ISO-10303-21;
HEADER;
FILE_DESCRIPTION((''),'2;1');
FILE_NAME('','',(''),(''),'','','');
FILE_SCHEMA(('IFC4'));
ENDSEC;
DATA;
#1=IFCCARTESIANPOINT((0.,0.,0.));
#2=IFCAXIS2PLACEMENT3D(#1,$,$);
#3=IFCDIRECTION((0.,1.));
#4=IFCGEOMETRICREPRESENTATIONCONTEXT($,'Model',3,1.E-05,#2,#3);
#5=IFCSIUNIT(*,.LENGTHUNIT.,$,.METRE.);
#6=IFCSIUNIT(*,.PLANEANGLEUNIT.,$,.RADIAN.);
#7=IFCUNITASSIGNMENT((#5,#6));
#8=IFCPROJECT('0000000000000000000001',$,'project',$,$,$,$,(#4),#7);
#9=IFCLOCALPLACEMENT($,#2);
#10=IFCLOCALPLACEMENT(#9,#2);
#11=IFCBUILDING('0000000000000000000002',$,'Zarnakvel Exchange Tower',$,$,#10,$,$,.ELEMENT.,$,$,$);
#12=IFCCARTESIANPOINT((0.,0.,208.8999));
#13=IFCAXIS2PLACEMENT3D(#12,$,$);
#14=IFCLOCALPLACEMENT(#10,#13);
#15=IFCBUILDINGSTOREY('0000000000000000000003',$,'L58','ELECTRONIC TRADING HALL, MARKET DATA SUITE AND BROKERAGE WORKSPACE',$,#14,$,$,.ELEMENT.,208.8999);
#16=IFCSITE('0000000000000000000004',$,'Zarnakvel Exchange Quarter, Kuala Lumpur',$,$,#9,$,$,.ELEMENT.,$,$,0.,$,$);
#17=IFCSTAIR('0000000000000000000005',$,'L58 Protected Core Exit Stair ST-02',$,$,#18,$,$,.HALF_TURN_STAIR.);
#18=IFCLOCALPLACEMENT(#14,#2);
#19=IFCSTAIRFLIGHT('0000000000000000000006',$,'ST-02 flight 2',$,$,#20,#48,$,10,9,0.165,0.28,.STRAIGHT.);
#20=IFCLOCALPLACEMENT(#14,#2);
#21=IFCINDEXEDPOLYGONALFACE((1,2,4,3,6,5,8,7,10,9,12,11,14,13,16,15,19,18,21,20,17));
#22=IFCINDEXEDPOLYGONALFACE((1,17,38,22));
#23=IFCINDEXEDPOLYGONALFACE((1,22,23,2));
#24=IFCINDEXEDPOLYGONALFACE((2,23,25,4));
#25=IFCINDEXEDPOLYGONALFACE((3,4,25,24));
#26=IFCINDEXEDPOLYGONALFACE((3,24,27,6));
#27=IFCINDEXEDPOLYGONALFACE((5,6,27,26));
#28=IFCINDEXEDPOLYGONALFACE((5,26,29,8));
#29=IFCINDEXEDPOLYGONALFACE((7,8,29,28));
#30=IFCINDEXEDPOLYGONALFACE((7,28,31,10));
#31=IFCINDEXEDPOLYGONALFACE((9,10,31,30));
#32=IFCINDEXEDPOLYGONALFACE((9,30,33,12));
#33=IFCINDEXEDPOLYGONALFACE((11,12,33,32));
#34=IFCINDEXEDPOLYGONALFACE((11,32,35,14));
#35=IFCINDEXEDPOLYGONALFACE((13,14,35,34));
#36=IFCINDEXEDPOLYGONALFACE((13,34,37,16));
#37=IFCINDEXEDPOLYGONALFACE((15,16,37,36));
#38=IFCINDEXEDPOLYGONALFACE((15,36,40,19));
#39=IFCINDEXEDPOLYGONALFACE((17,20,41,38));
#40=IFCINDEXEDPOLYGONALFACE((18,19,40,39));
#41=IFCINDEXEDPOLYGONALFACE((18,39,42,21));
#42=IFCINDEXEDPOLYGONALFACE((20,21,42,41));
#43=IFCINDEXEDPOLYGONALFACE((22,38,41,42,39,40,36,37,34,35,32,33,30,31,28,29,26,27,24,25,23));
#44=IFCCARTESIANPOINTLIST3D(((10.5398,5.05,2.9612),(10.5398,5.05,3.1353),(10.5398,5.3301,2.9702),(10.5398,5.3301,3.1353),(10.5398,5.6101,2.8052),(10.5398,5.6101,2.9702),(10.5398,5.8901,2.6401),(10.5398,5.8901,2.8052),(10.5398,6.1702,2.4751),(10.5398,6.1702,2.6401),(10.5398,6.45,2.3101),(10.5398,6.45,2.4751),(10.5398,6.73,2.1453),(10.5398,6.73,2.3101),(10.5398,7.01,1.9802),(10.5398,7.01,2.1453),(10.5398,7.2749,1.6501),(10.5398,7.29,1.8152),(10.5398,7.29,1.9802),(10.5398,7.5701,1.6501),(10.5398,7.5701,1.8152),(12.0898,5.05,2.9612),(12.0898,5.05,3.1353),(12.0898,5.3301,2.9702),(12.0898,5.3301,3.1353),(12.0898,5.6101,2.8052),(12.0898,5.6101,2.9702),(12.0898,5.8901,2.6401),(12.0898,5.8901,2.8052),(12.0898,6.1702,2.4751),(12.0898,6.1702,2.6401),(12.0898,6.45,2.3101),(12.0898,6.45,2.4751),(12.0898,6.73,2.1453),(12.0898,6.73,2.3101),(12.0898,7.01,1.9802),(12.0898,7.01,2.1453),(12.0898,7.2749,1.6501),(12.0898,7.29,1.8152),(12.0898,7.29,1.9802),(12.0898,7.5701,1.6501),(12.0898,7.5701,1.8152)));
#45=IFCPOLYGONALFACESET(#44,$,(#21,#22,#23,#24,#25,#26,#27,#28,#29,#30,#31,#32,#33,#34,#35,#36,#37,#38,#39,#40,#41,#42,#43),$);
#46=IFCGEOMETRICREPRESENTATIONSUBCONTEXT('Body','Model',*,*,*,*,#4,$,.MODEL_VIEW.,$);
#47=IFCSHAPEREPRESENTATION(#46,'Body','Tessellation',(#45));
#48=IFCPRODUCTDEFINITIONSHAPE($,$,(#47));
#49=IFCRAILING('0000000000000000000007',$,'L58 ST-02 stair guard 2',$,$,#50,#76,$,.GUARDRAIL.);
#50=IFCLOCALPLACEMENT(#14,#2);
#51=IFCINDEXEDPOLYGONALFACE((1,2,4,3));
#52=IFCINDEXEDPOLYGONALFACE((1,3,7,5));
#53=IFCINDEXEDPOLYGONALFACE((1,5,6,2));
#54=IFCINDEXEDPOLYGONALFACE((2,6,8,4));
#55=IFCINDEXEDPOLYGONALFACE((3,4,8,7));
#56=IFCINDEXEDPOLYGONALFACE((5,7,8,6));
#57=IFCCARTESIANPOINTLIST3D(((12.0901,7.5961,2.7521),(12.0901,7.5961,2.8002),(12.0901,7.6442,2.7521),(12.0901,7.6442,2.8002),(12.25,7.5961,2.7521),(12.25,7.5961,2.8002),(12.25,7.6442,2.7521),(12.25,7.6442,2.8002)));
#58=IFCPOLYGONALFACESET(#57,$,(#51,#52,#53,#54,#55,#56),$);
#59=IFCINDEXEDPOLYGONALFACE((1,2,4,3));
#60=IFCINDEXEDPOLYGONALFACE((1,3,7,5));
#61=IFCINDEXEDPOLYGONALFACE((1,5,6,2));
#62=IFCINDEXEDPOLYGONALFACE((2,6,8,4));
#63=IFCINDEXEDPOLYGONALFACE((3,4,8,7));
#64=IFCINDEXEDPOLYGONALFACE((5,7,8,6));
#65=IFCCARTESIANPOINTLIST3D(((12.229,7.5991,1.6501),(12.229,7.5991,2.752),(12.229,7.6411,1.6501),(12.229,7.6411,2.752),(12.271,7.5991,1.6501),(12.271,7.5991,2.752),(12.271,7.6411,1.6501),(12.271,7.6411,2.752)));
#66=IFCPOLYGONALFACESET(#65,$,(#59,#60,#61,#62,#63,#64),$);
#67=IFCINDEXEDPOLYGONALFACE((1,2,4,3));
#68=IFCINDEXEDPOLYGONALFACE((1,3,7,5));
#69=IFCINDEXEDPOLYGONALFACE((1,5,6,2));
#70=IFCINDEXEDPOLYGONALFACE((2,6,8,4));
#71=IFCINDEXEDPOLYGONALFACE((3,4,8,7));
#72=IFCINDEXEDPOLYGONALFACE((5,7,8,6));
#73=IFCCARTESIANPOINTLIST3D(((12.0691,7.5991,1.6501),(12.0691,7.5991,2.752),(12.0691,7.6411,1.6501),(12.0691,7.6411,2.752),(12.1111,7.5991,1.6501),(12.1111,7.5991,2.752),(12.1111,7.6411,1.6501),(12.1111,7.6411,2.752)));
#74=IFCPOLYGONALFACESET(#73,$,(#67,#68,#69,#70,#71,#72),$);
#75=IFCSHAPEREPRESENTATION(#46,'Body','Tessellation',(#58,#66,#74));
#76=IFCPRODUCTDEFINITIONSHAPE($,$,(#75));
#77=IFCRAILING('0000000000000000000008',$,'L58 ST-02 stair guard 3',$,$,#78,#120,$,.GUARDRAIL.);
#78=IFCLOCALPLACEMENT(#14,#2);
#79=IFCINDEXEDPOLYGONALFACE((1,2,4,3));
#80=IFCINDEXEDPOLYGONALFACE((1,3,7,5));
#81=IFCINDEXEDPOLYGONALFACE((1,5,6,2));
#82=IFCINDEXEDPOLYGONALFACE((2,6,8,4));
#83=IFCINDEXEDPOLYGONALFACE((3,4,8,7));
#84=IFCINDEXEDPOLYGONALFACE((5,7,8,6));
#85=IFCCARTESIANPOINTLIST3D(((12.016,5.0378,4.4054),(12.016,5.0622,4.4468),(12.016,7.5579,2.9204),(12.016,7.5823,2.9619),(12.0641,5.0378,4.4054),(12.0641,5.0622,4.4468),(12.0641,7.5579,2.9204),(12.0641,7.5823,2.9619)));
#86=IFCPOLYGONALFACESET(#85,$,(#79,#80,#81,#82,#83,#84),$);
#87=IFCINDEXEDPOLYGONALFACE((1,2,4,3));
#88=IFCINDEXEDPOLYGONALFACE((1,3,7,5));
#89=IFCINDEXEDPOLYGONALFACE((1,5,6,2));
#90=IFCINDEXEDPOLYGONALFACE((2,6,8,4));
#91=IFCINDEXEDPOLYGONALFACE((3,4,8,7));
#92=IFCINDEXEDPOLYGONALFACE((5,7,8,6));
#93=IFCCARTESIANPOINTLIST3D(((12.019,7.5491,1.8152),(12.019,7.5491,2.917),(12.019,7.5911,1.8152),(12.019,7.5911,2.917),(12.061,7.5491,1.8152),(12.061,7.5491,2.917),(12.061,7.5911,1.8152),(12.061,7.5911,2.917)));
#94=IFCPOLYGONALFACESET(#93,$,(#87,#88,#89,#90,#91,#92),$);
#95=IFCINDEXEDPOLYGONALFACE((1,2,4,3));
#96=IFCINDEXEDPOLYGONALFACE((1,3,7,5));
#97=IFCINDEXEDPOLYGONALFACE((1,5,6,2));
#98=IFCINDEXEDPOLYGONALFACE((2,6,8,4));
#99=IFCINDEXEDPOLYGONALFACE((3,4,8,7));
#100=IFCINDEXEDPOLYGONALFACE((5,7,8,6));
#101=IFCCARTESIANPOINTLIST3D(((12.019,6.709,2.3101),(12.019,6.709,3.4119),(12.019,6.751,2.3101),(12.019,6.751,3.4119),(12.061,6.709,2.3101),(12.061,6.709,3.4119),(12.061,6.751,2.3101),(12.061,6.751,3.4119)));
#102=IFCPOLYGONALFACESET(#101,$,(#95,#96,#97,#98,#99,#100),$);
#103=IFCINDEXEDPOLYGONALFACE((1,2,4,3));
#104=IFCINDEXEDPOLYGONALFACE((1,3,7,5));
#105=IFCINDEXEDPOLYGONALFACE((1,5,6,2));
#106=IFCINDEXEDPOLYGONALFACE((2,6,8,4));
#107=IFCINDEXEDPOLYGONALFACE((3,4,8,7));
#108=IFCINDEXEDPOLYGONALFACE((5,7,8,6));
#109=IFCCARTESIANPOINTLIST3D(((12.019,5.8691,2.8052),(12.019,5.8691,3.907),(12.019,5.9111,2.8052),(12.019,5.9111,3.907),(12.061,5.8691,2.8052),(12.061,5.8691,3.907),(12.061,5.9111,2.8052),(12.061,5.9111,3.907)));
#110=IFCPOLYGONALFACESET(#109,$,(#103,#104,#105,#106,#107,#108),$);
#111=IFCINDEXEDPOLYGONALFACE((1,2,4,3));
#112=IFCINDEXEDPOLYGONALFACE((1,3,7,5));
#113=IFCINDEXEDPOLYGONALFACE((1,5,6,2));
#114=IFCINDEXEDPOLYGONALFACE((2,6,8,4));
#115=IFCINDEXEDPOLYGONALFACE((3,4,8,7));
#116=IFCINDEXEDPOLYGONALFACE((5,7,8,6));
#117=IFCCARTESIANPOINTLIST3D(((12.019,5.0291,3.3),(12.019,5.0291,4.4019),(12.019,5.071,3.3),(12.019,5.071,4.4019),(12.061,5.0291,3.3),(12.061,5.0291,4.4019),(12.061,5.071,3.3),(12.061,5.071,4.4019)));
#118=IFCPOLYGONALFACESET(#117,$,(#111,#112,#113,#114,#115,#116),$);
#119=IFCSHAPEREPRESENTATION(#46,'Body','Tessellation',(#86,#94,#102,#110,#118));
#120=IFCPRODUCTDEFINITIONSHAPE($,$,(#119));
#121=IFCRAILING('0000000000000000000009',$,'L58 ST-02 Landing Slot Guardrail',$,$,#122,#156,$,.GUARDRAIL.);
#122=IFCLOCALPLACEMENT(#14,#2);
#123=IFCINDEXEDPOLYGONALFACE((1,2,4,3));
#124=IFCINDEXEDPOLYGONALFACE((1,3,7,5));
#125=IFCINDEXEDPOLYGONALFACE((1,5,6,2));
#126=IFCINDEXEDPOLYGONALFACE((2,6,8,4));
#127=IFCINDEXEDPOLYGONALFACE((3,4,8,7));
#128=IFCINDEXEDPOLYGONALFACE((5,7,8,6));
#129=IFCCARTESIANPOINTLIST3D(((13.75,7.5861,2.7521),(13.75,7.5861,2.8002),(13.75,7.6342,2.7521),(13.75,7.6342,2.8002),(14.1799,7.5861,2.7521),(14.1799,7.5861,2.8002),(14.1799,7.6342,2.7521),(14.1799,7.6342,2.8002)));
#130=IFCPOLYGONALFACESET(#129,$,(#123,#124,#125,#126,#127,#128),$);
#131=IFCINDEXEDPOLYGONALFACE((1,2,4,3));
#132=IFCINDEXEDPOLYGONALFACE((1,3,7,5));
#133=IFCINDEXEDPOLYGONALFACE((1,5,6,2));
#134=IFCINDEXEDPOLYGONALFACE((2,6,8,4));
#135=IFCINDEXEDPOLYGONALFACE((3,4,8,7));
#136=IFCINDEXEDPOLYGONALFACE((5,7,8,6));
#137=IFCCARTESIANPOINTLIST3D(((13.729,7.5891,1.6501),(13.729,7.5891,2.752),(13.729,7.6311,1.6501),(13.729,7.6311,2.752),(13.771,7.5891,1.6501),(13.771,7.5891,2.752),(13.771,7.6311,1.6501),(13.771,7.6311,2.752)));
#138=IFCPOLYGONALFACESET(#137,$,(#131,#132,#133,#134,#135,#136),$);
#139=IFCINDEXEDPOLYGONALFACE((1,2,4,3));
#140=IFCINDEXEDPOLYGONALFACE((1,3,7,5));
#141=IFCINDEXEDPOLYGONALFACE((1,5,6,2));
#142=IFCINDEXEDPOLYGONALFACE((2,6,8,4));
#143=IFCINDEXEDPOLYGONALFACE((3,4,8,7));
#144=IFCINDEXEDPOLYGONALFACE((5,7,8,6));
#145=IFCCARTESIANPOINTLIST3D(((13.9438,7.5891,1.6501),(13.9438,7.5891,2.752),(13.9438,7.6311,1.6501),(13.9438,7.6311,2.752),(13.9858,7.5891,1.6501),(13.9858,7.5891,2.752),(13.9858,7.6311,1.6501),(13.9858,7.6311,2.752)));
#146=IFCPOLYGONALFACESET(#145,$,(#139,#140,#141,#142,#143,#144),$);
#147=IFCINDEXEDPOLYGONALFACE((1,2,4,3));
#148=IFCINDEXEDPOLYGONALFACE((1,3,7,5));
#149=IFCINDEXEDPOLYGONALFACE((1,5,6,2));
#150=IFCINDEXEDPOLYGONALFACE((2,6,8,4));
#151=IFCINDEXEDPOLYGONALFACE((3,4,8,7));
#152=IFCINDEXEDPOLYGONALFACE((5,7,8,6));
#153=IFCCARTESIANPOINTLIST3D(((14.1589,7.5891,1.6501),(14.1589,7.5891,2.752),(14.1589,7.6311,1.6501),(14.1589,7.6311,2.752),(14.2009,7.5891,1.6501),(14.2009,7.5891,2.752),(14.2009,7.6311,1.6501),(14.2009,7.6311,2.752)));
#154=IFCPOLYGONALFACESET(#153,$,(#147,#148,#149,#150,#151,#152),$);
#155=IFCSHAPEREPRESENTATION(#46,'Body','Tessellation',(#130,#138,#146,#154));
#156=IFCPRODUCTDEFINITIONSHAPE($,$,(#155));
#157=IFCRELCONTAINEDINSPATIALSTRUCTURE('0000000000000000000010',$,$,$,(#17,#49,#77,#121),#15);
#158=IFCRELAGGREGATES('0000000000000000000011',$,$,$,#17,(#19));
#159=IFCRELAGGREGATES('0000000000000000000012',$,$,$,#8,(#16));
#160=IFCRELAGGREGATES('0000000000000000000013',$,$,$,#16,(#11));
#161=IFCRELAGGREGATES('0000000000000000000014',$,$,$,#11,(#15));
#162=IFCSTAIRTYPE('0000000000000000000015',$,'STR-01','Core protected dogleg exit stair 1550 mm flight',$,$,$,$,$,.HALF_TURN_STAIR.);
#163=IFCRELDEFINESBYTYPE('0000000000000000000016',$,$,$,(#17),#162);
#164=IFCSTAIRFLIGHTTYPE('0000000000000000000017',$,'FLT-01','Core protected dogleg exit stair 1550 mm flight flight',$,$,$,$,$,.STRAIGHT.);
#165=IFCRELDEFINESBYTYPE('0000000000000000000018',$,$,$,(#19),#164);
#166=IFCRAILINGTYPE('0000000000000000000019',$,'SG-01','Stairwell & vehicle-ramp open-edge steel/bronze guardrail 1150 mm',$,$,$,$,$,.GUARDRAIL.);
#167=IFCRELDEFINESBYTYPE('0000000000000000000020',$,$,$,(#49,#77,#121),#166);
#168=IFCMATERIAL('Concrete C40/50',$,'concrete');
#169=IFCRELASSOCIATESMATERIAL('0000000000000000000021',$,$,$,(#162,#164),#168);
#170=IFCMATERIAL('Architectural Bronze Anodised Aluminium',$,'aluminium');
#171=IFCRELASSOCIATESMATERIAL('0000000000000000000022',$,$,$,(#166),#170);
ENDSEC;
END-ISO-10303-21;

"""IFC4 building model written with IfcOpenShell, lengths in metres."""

from ifc_helpers import new_model, si_unit, direction, frame, origin, origin_2d, place, context, subcontext, project, spatial, polyline, rectangle, outline, extrude, material, type_object, element, aggregate, save


model = new_model("IFC4")

# Units and contexts
model_context = context("Model", 3, precision=1e-05, world=origin(), true_north=direction((0.0, 1.0)))
body_context = subcontext(model_context, "Body", "Model", "MODEL_VIEW")
ifc_project = project(units=[si_unit("LENGTHUNIT", "METRE"), si_unit("PLANEANGLEUNIT", "RADIAN")], contexts=[model_context])

# Site, building, storey
site_placement = place(None, origin())
site = spatial("IfcSite", under=ifc_project, at=site_placement, Name="Zarnakvel Exchange Quarter, Kuala Lumpur", CompositionType="ELEMENT", RefElevation=0.0)
building_placement = place(site_placement, origin())
building = spatial("IfcBuilding", under=site, at=building_placement, Name="Zarnakvel Exchange Tower", CompositionType="ELEMENT")
storey_placement = place(building_placement, frame((0.0, 0.0, 208.8999)))
storey = spatial("IfcBuildingStorey", under=building, at=storey_placement, Name="L58", Description="ELECTRONIC TRADING HALL, MARKET DATA SUITE AND BROKERAGE WORKSPACE", CompositionType="ELEMENT", Elevation=208.8999)

# Shared definitions
ifc_material_1 = material(Name="Architectural Bronze Anodised Aluminium", Category="aluminium")

# Stair, stair flight
ifc_material_2 = material(Name="Concrete C40/50", Category="concrete")
stair_type = type_object("IfcStairType", Name="STR-01", Description="Core protected dogleg exit stair 1550 mm flight", PredefinedType="HALF_TURN_STAIR", material=ifc_material_2)
stair_placement = place(storey_placement, origin())
stair = element("IfcStair", 1, at=stair_placement, inside=storey, type_object=stair_type, Name="L58 Protected Core Exit Stair ST-02", PredefinedType="HALF_TURN_STAIR")
stair_flight_type = type_object("IfcStairFlightType", Name="FLT-01", Description="Core protected dogleg exit stair 1550 mm flight flight", PredefinedType="STRAIGHT", material=ifc_material_2)
stair_flight_placement = place(storey_placement, frame((11.3149, 7.5701, 1.6501), z_axis=(0.0, 0.0, 1.0), x_axis=(0.0, -1.0, 0.0)))
stair_flight = element("IfcStairFlight", 2, at=stair_flight_placement, type_object=stair_flight_type, Name="ST-02 flight 2", NumberOfRisers=10, NumberOfTreads=9, PredefinedType="STRAIGHT", RiserHeight=0.165, TreadLength=0.28, context=body_context, shape_type="SweptSolid", body=[
    extrude(outline(polyline([(0.0, 0.0), (0.0, 0.165), (0.28, 0.165), (0.28, 0.3301), (0.5601, 0.3301), (0.5601, 0.4951), (0.8401, 0.4951), (0.8401, 0.6599), (1.1201, 0.6599), (1.1201, 0.825), (1.3999, 0.825), (1.3999, 0.99), (1.6799, 0.99), (1.6799, 1.155), (1.96, 1.155), (1.96, 1.3201), (2.24, 1.3201), (2.24, 1.4851), (2.52, 1.4851), (2.52, 1.6499), (2.52, 1.311), (0.2952, 0.0), (0.0, 0.0)])), frame((0.0, 0.7749, 0.0), z_axis=(0.0, -1.0, 0.0), x_axis=(1.0, 0.0, 0.0)), (0.0, 0.0, 1.0), 1.55),
])
aggregate(stair, [stair_flight])

# Railings
railing_type = type_object("IfcRailingType", Name="SG-01", Description="Stairwell & vehicle-ramp open-edge steel/bronze guardrail 1150 mm", PredefinedType="GUARDRAIL", material=ifc_material_1)
railing_1_placement = place(storey_placement, frame((12.25, 7.6201, 1.6501)))
element("IfcRailing", 3, at=railing_1_placement, inside=storey, type_object=railing_type, Name="L58 ST-02 stair guard 2", PredefinedType="GUARDRAIL", context=body_context, shape_type="SweptSolid", body=[
    extrude(rectangle(XDim=0.0481, YDim=0.0481, at=origin_2d()), frame((0.0, 0.0, 1.126), z_axis=(-1.0, 0.0, 0.0), x_axis=(0.0, -1.0, 0.0)), (0.0, 0.0, 1.0), 0.1599),
    extrude(rectangle(XDim=0.042, YDim=0.042, at=origin_2d()), origin(), (0.0, 0.0, 1.0), 1.1018),
    extrude(rectangle(XDim=0.042, YDim=0.042, at=origin_2d()), frame((-0.1599, 0.0, 0.0)), (0.0, 0.0, 1.0), 1.1018),
])
railing_2_placement = place(storey_placement, frame((12.04, 7.5701, 1.8152)))
element("IfcRailing", 4, at=railing_2_placement, inside=storey, type_object=railing_type, Name="L58 ST-02 stair guard 3", PredefinedType="GUARDRAIL", context=body_context, shape_type="SweptSolid", body=[
    extrude(rectangle(XDim=0.0481, YDim=0.0481, at=origin_2d()), frame((0.0, 0.0, 1.126), z_axis=(0.0, -0.861561, 0.507655), x_axis=(1.0, 0.0, 0.0)), (0.0, 0.0, 1.0), 2.925),
    extrude(rectangle(XDim=0.042, YDim=0.042, at=origin_2d()), origin(), (0.0, 0.0, 1.0), 1.1018),
    extrude(rectangle(XDim=0.042, YDim=0.042, at=origin_2d()), frame((0.0, -0.8401, 0.4949)), (0.0, 0.0, 1.0), 1.1018),
    extrude(rectangle(XDim=0.042, YDim=0.042, at=origin_2d()), frame((0.0, -1.6799, 0.99)), (0.0, 0.0, 1.0), 1.1018),
    extrude(rectangle(XDim=0.042, YDim=0.042, at=origin_2d()), frame((0.0, -2.52, 1.4849)), (0.0, 0.0, 1.0), 1.1018),
])
railing_3_placement = place(storey_placement, frame((13.75, 7.6101, 1.6501)))
element("IfcRailing", 5, at=railing_3_placement, inside=storey, type_object=railing_type, Name="L58 ST-02 Landing Slot Guardrail", PredefinedType="GUARDRAIL", context=body_context, shape_type="SweptSolid", body=[
    extrude(rectangle(XDim=0.0481, YDim=0.0481, at=origin_2d()), frame((0.0, 0.0, 1.126), z_axis=(1.0, 0.0, 0.0), x_axis=(0.0, 1.0, 0.0)), (0.0, 0.0, 1.0), 0.4299),
    extrude(rectangle(XDim=0.042, YDim=0.042, at=origin_2d()), origin(), (0.0, 0.0, 1.0), 1.1018),
    extrude(rectangle(XDim=0.042, YDim=0.042, at=origin_2d()), frame((0.2148, 0.0, 0.0)), (0.0, 0.0, 1.0), 1.1018),
    extrude(rectangle(XDim=0.042, YDim=0.042, at=origin_2d()), frame((0.4299, 0.0, 0.0)), (0.0, 0.0, 1.0), 1.1018),
])

save(model, "model.ifc")
